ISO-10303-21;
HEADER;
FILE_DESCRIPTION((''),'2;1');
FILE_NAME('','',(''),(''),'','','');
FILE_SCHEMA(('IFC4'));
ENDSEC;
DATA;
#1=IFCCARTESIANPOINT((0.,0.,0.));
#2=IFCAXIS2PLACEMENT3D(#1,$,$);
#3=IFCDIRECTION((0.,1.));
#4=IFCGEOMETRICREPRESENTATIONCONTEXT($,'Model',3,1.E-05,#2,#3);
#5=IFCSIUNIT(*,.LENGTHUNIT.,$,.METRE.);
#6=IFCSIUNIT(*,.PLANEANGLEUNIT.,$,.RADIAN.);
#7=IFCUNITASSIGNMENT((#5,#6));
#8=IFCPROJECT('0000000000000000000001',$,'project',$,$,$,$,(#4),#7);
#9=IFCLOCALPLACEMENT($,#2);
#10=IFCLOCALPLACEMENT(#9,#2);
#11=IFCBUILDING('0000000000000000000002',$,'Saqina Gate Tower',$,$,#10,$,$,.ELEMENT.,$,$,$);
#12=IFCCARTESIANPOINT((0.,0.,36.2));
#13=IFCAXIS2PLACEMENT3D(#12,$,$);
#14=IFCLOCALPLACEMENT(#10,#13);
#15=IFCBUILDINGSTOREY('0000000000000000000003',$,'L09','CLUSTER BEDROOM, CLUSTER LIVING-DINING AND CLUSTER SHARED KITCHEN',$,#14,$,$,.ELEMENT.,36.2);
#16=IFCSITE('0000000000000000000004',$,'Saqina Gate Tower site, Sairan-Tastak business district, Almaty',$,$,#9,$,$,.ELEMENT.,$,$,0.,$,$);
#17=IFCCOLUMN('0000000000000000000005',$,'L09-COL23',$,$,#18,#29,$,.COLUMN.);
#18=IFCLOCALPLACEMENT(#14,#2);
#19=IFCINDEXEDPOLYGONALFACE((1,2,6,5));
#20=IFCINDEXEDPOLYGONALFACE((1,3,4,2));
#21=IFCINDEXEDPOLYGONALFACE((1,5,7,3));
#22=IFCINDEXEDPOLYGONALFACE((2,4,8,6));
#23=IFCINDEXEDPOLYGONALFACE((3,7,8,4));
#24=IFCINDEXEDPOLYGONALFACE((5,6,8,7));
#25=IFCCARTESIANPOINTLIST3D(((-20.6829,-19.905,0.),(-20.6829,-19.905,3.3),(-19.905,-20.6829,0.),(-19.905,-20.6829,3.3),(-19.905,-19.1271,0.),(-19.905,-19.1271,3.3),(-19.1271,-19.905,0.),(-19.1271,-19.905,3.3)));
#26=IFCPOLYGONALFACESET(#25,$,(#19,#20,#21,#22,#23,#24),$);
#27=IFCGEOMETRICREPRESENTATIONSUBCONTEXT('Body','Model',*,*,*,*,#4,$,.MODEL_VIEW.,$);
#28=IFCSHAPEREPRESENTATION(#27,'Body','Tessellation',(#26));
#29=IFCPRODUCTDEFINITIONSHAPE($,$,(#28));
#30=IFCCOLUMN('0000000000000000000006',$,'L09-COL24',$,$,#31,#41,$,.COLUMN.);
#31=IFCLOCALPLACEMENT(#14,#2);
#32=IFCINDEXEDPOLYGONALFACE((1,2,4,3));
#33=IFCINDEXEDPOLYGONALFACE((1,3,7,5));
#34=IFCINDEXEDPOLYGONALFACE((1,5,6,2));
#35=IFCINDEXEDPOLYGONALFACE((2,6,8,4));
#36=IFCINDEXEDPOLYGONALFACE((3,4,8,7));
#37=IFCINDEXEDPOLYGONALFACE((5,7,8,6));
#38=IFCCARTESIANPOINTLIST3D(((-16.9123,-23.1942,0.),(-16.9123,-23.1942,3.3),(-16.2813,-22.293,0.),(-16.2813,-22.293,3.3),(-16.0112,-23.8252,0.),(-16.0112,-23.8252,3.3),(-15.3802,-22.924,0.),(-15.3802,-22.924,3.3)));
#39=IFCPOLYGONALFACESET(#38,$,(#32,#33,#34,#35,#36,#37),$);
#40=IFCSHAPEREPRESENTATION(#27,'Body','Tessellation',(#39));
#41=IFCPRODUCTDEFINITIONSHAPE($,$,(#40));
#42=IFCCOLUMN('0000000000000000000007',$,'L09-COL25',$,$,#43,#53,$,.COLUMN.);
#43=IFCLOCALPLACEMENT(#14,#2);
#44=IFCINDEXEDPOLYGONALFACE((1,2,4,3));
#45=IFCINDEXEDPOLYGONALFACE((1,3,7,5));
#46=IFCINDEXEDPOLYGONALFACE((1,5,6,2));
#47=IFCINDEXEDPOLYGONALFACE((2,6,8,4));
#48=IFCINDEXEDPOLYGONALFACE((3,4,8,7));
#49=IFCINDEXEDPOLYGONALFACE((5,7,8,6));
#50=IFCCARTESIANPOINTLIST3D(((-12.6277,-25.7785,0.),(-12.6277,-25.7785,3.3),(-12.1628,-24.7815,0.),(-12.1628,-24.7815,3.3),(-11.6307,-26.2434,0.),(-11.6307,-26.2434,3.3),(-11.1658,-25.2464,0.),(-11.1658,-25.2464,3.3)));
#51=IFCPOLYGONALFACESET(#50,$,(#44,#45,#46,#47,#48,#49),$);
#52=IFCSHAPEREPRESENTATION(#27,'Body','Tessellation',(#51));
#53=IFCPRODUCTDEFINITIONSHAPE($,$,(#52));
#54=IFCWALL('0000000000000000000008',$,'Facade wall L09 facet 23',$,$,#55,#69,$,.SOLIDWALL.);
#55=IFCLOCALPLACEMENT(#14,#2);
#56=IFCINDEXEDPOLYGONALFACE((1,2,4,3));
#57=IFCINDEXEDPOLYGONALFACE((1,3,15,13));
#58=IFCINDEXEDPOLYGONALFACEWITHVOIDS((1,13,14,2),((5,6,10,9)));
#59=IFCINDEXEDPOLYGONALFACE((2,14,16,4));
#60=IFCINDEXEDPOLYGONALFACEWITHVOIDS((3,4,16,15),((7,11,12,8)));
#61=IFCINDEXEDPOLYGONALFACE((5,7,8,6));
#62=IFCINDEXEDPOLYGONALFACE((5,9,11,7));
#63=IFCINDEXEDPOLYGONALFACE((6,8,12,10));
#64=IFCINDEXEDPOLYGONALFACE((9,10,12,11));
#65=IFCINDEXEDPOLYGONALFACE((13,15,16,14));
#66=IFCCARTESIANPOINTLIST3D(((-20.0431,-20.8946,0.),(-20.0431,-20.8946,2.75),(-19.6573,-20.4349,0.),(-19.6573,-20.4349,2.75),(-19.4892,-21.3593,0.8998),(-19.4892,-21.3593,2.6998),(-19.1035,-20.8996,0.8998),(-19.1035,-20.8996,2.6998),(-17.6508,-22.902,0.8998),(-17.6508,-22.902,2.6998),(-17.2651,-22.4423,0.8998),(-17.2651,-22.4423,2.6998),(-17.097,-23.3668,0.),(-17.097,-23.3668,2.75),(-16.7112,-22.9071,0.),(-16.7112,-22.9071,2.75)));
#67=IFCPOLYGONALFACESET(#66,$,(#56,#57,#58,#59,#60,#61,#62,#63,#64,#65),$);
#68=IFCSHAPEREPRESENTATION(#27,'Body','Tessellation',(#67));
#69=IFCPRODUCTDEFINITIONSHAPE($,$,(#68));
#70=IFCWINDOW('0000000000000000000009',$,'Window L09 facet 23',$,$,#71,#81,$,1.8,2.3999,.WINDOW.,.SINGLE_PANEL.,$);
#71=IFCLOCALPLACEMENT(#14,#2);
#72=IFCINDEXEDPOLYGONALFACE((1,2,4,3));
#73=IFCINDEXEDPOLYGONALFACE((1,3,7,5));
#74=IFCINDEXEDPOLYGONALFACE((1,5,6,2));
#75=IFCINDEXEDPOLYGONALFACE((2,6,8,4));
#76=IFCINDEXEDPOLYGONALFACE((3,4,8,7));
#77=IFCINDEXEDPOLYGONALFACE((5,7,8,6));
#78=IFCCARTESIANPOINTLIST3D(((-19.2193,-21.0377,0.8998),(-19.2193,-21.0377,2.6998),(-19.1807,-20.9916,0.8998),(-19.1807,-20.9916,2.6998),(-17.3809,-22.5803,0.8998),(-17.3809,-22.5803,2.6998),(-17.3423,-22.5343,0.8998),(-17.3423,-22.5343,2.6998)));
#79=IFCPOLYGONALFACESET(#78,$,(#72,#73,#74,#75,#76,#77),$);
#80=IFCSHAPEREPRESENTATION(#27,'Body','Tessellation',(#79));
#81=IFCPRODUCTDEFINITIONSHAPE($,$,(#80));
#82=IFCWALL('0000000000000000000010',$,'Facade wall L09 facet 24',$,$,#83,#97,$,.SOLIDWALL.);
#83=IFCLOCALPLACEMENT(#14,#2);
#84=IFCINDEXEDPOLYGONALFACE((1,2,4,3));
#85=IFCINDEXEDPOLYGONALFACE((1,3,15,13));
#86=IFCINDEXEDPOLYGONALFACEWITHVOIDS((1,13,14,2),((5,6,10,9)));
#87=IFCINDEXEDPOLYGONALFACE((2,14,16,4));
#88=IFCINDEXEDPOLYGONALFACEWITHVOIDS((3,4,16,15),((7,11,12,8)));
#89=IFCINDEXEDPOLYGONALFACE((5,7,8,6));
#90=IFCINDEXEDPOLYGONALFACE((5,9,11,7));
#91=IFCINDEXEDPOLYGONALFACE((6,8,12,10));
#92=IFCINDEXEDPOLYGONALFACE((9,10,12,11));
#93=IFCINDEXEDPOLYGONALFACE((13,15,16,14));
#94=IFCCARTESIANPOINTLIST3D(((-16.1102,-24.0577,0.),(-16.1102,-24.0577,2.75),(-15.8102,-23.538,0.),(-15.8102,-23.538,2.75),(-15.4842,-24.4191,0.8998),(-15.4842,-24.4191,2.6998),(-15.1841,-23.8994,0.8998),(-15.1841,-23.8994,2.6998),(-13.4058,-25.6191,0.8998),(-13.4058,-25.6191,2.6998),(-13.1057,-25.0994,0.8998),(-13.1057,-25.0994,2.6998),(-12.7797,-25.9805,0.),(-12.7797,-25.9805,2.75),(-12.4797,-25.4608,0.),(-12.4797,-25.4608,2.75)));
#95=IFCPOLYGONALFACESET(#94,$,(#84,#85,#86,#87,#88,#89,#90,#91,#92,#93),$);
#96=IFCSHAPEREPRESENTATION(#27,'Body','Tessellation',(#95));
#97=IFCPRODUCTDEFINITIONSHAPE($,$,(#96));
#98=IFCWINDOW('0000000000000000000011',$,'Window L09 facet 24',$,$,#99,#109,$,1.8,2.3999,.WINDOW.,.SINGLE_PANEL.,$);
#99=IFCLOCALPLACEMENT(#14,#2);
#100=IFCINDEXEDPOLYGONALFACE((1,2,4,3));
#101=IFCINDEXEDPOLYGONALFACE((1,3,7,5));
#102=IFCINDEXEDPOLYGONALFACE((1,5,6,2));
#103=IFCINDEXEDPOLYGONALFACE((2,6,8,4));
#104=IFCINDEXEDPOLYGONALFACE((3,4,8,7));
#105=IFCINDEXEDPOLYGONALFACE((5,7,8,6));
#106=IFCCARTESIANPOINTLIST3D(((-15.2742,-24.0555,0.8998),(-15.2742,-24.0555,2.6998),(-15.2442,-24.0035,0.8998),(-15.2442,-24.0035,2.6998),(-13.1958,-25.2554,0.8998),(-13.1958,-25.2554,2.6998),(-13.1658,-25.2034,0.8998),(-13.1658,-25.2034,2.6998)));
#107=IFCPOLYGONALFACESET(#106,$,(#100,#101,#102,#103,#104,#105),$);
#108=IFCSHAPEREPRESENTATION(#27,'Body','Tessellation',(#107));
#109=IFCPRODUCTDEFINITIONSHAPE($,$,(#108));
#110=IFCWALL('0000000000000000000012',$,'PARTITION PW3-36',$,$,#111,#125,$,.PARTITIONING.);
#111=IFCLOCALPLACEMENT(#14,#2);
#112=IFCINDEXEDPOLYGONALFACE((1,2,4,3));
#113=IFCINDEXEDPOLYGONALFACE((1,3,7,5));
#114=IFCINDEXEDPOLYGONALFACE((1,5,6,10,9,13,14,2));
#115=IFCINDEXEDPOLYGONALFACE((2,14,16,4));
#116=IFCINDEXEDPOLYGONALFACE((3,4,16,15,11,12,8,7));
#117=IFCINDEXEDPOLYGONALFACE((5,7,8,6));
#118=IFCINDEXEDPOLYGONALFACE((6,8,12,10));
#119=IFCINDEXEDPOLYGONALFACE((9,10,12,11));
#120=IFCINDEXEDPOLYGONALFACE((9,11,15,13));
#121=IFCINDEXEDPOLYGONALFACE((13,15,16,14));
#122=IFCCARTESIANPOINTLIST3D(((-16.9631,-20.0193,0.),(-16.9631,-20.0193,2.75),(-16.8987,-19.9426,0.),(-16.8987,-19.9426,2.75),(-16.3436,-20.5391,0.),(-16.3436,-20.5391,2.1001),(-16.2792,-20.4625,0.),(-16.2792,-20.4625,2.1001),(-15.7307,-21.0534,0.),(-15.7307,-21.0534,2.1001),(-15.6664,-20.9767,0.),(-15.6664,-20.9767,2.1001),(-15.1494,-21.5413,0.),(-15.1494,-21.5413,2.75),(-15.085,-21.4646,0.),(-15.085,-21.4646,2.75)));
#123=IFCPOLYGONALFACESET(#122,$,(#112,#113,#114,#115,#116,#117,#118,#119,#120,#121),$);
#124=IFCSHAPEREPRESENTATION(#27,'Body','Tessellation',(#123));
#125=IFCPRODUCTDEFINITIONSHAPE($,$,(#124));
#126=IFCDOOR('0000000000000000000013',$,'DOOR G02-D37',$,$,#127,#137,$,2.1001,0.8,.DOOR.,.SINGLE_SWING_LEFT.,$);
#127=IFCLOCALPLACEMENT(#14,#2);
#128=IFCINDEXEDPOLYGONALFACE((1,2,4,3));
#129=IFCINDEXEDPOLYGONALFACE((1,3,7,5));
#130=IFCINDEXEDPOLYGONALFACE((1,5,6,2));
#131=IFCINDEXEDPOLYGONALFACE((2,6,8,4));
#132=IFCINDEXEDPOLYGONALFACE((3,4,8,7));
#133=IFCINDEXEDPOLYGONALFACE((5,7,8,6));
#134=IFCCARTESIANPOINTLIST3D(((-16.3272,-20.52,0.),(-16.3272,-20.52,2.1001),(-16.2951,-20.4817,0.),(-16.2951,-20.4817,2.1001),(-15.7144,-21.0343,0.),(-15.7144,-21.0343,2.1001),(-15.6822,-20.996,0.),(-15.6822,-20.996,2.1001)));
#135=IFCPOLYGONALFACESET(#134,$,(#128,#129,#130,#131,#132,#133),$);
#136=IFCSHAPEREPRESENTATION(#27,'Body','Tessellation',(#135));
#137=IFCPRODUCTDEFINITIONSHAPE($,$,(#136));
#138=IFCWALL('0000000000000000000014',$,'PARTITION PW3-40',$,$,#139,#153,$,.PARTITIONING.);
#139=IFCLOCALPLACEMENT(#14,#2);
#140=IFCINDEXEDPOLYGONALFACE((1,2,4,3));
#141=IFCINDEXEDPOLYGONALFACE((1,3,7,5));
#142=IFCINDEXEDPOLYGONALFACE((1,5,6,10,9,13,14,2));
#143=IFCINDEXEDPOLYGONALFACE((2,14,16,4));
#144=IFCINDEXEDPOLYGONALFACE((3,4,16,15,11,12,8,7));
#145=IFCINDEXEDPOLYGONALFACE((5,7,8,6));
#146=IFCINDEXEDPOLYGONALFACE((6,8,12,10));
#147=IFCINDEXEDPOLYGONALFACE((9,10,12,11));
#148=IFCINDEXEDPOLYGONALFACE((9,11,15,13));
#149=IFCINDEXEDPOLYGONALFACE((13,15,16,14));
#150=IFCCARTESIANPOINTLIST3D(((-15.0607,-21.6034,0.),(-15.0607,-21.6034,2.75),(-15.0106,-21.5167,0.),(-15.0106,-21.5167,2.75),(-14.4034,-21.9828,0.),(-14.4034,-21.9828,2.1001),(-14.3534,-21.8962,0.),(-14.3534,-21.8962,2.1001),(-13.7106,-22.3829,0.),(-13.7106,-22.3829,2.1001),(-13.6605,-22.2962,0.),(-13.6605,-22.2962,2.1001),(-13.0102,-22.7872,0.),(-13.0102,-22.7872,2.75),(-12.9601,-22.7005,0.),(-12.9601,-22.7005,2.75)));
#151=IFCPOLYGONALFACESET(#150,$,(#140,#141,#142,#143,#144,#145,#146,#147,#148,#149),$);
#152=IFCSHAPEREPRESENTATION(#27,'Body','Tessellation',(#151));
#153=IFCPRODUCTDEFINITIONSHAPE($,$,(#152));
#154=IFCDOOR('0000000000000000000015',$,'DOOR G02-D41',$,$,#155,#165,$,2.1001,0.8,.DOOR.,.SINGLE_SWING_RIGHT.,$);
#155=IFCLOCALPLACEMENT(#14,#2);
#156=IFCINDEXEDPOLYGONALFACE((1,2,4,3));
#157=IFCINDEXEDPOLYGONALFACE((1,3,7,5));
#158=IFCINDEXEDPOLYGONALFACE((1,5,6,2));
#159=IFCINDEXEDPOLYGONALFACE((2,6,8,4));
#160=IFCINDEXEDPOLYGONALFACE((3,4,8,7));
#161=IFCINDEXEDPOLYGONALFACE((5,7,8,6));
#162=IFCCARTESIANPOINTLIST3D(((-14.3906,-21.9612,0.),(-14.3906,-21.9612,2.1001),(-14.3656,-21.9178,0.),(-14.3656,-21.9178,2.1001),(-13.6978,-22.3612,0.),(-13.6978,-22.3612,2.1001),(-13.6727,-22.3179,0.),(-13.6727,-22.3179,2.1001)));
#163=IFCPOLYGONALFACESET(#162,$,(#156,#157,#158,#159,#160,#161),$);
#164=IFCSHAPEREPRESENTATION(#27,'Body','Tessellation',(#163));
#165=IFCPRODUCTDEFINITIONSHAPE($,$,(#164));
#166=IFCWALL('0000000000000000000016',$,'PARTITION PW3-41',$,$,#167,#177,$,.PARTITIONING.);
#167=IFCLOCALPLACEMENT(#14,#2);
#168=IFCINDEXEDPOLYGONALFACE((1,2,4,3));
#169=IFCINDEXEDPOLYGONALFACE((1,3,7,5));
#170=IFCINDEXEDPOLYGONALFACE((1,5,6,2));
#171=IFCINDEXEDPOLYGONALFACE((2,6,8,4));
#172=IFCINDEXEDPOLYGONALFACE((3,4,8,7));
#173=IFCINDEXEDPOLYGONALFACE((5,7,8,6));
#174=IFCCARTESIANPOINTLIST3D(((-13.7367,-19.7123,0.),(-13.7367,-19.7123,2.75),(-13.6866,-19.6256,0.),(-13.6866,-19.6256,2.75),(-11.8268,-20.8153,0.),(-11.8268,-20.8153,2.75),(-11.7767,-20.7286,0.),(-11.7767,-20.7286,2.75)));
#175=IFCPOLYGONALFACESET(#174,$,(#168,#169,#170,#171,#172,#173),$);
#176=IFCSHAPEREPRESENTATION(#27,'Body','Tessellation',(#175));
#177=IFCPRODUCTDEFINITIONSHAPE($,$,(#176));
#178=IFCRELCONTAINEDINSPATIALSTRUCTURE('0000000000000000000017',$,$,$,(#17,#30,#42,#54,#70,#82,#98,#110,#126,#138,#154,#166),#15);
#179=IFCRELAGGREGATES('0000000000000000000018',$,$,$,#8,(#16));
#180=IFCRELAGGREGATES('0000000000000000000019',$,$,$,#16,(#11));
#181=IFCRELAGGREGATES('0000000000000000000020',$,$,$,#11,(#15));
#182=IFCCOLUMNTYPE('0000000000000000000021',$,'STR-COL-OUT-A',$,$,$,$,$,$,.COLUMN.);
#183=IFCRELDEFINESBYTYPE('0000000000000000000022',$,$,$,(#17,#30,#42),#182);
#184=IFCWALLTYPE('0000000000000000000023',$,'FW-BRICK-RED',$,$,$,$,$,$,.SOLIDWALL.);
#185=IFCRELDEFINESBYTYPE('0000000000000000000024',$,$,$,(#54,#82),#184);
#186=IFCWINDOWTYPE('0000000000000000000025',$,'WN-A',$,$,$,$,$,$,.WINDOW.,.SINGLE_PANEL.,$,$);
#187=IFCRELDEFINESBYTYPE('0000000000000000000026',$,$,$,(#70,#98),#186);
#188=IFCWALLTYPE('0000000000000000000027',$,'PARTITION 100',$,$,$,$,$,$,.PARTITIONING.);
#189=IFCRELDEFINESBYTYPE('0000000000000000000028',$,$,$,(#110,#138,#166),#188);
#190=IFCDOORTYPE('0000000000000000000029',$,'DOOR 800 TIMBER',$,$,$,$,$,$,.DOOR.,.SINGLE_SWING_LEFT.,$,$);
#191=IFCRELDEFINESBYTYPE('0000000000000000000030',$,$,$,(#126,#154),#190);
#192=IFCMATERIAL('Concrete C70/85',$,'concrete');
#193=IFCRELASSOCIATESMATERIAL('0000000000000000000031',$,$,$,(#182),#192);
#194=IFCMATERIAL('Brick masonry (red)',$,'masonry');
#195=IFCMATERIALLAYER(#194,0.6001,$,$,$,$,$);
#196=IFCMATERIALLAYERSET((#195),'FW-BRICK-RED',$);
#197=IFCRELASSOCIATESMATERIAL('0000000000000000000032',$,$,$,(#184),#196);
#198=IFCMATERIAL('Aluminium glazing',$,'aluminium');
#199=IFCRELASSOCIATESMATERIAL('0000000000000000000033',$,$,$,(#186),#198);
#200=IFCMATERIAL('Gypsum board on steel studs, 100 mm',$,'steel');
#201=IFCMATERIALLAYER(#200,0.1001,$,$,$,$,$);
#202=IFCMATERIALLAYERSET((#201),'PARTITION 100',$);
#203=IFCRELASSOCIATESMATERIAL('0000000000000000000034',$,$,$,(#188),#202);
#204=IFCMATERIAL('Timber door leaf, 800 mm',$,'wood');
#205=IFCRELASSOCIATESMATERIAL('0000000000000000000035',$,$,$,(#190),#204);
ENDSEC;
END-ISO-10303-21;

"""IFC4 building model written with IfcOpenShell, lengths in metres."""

from ifc_helpers import new_model, si_unit, direction, frame, frame_2d, origin, origin_2d, place, context, subcontext, project, spatial, rectangle, extrude, material, layer, layer_set, material_profile, profile_set, type_object, element, fill, save


model = new_model("IFC4")

# Units and contexts
model_context = context("Model", 3, precision=1e-05, world=origin(), true_north=direction((0.0, 1.0)))
body_context = subcontext(model_context, "Body", "Model", "MODEL_VIEW")
ifc_project = project(units=[si_unit("LENGTHUNIT", "METRE"), si_unit("PLANEANGLEUNIT", "RADIAN")], contexts=[model_context])

# Site, building, storey
site_placement = place(None, origin())
site = spatial("IfcSite", under=ifc_project, at=site_placement, Name="Saqina Gate Tower site, Sairan-Tastak business district, Almaty", CompositionType="ELEMENT", RefElevation=0.0)
building_placement = place(site_placement, origin())
building = spatial("IfcBuilding", under=site, at=building_placement, Name="Saqina Gate Tower", CompositionType="ELEMENT")
storey_placement = place(building_placement, frame((0.0, 0.0, 36.2)))
storey = spatial("IfcBuildingStorey", under=building, at=storey_placement, Name="L09", Description="CLUSTER BEDROOM, CLUSTER LIVING-DINING AND CLUSTER SHARED KITCHEN", CompositionType="ELEMENT", Elevation=36.2)

# Columns
ifc_material_1 = material(Name="Concrete C70/85", Category="concrete")
ifc_material_profile = material_profile(ifc_material_1, rectangle(XDim=1.1001, YDim=1.1001, at=origin_2d()), Name="RC 1100x1100")
ifc_profile_set = profile_set([ifc_material_profile], Name="Concrete C70/85")
column_type = type_object("IfcColumnType", Name="STR-COL-OUT-A", PredefinedType="COLUMN", material=ifc_profile_set)
for number, where, z_axis, x_axis, name in (
    (1, (-19.905, -19.905, 0.0), (0.0, 0.0, 1.0), (-0.707107, -0.707107, 0.0), "L09-COL23"),
    (2, (-16.1462, -23.0591, 0.0), (0.0, 0.0, 1.0), (-0.573576, -0.819152, 0.0), "L09-COL24"),
    (3, (-11.8967, -25.5125, 0.0), (0.0, 0.0, 1.0), (-0.422618, -0.906308, 0.0), "L09-COL25"),
):
    element("IfcColumn", number, at=place(storey_placement, frame(where, z_axis=z_axis, x_axis=x_axis)), inside=storey, type_object=column_type, Name=name, PredefinedType="COLUMN", context=body_context, shape_type="SweptSolid", body=[
        extrude(rectangle(XDim=1.1001, YDim=1.1001, at=origin_2d()), origin(), (0.0, 0.0, 1.0), 3.3),
    ])

# Walls, openings, windows
ifc_material_2 = material(Name="Brick masonry (red)", Category="masonry")
ifc_layer_1 = layer(ifc_material_2, 0.6001)
ifc_layer_set_1 = layer_set([ifc_layer_1], Name="FW-BRICK-RED")
wall_type_1 = type_object("IfcWallType", Name="FW-BRICK-RED", PredefinedType="SOLIDWALL", material=ifc_layer_set_1)
wall_1_placement = place(storey_placement, frame((-19.8501, -20.6648, 0.0), z_axis=(0.0, 0.0, 1.0), x_axis=(0.766026, -0.642809, 0.0)))
wall_1 = element("IfcWall", 4, at=wall_1_placement, inside=storey, type_object=wall_type_1, Name="Facade wall L09 facet 23", PredefinedType="SOLIDWALL", context=body_context, shape_type="SweptSolid", body=[
    extrude(rectangle(XDim=3.8459, YDim=0.6001, at=frame_2d((1.9229, 0.0))), origin(), (0.0, 0.0, 1.0), 2.75),
])
opening_1_placement = place(wall_1_placement, frame((0.7229, 0.0, 0.8999)))
opening_1 = element("IfcOpeningElement", 5, at=opening_1_placement, cuts=wall_1, PredefinedType="OPENING", context=body_context, shape_type="SweptSolid", body=[
    extrude(rectangle(XDim=2.3999, YDim=1.8, at=frame_2d((1.2, 0.8999))), frame((0.0, 0.312, 0.0), z_axis=(0.0, -1.0, 0.0), x_axis=(1.0, 0.0, 0.0)), (0.0, 0.0, 1.0), 0.624),
])
ifc_material_3 = material(Name="Aluminium glazing", Category="aluminium")
window_type = type_object("IfcWindowType", Name="WN-A", PartitioningType="SINGLE_PANEL", PredefinedType="WINDOW", material=ifc_material_3)
window_1_placement = place(opening_1_placement, origin())
window_1 = element("IfcWindow", 6, at=window_1_placement, inside=storey, type_object=window_type, Name="Window L09 facet 23", OverallHeight=1.8, OverallWidth=2.3999, PartitioningType="SINGLE_PANEL", PredefinedType="WINDOW", context=body_context, shape_type="SweptSolid", body=[
    extrude(rectangle(XDim=2.3999, YDim=1.8, at=frame_2d((1.2, 0.8999))), frame((0.0, 0.1799, 0.0), z_axis=(0.0, -1.0, 0.0), x_axis=(1.0, 0.0, 0.0)), (0.0, 0.0, 1.0), 0.0601),
])
fill(opening_1, window_1)
wall_2_placement = place(storey_placement, frame((-15.9602, -23.7979, 0.0), z_axis=(0.0, 0.0, 1.0), x_axis=(0.866031, -0.49999, 0.0)))
wall_2 = element("IfcWall", 7, at=wall_2_placement, inside=storey, type_object=wall_type_1, Name="Facade wall L09 facet 24", PredefinedType="SOLIDWALL", context=body_context, shape_type="SweptSolid", body=[
    extrude(rectangle(XDim=3.8457, YDim=0.6001, at=frame_2d((1.9229, 0.0))), origin(), (0.0, 0.0, 1.0), 2.75),
])
opening_2_placement = place(wall_2_placement, frame((0.7229, 0.0, 0.8999)))
opening_2 = element("IfcOpeningElement", 8, at=opening_2_placement, cuts=wall_2, PredefinedType="OPENING", context=body_context, shape_type="SweptSolid", body=[
    extrude(rectangle(XDim=2.3999, YDim=1.8, at=frame_2d((1.2, 0.8999))), frame((0.0, 0.312, 0.0), z_axis=(0.0, -1.0, 0.0), x_axis=(1.0, 0.0, 0.0)), (0.0, 0.0, 1.0), 0.624),
])
window_2_placement = place(opening_2_placement, origin())
window_2 = element("IfcWindow", 9, at=window_2_placement, inside=storey, type_object=window_type, Name="Window L09 facet 24", OverallHeight=1.8, OverallWidth=2.3999, PartitioningType="SINGLE_PANEL", PredefinedType="WINDOW", context=body_context, shape_type="SweptSolid", body=[
    extrude(rectangle(XDim=2.3999, YDim=1.8, at=frame_2d((1.2, 0.8999))), frame((0.0, 0.1799, 0.0), z_axis=(0.0, -1.0, 0.0), x_axis=(1.0, 0.0, 0.0)), (0.0, 0.0, 1.0), 0.0601),
])
fill(opening_2, window_2)

# Walls, openings, doors
ifc_material_4 = material(Name="Gypsum board on steel studs, 100 mm", Category="steel")
ifc_layer_2 = layer(ifc_material_4, 0.1001)
ifc_layer_set_2 = layer_set([ifc_layer_2], Name="PARTITION 100")
wall_type_2 = type_object("IfcWallType", Name="PARTITION 100", PredefinedType="PARTITIONING", material=ifc_layer_set_2)
wall_3_placement = place(storey_placement, frame((-16.9309, -19.981, 0.0), z_axis=(0.0, 0.0, 1.0), x_axis=(0.766028, -0.642808, 0.0)))
wall_3 = element("IfcWall", 10, at=wall_3_placement, inside=storey, type_object=wall_type_2, Name="PARTITION PW3-36", PredefinedType="PARTITIONING", context=body_context, shape_type="SweptSolid", body=[
    extrude(rectangle(XDim=2.3677, YDim=0.1001, at=frame_2d((1.1838, 0.0))), origin(), (0.0, 0.0, 1.0), 2.75),
])
opening_3_placement = place(wall_3_placement, frame((0.8088, 0.0, 0.0)))
opening_3 = element("IfcOpeningElement", 11, at=opening_3_placement, cuts=wall_3, PredefinedType="OPENING", context=body_context, shape_type="SweptSolid", body=[
    extrude(rectangle(XDim=0.8, YDim=2.1001, at=frame_2d((0.3999, 1.05))), frame((0.0, 0.062, 0.0), z_axis=(0.0, -1.0, 0.0), x_axis=(1.0, 0.0, 0.0)), (0.0, 0.0, 1.0), 0.124),
])
ifc_material_5 = material(Name="Timber door leaf, 800 mm", Category="wood")
door_type = type_object("IfcDoorType", Name="DOOR 800 TIMBER", OperationType="SINGLE_SWING_LEFT", PredefinedType="DOOR", material=ifc_material_5)
door_1_placement = place(opening_3_placement, frame((0.8, 0.0, 0.0), z_axis=(0.0, 0.0, 1.0), x_axis=(-1.0, 0.0, 0.0)))
door_1 = element("IfcDoor", 12, at=door_1_placement, inside=storey, type_object=door_type, Name="DOOR G02-D37", OperationType="SINGLE_SWING_LEFT", OverallHeight=2.1001, OverallWidth=0.8, PredefinedType="DOOR", context=body_context, shape_type="SweptSolid", body=[
    extrude(rectangle(XDim=0.8, YDim=2.1001, at=frame_2d((0.3999, 1.05))), frame((0.0, 0.0249, 0.0), z_axis=(0.0, -1.0, 0.0), x_axis=(1.0, 0.0, 0.0)), (0.0, 0.0, 1.0), 0.05),
])
fill(opening_3, door_1)
wall_4_placement = place(storey_placement, frame((-15.0356, -21.5601, 0.0), z_axis=(0.0, 0.0, 1.0), x_axis=(0.866033, -0.499987, 0.0)))
wall_4 = element("IfcWall", 13, at=wall_4_placement, inside=storey, type_object=wall_type_2, Name="PARTITION PW3-40", PredefinedType="PARTITIONING", context=body_context, shape_type="SweptSolid", body=[
    extrude(rectangle(XDim=2.3677, YDim=0.1001, at=frame_2d((1.1838, 0.0))), origin(), (0.0, 0.0, 1.0), 2.75),
])
opening_4_placement = place(wall_4_placement, frame((0.759, 0.0, 0.0)))
opening_4 = element("IfcOpeningElement", 14, at=opening_4_placement, cuts=wall_4, PredefinedType="OPENING", context=body_context, shape_type="SweptSolid", body=[
    extrude(rectangle(XDim=0.8, YDim=2.1001, at=frame_2d((0.3999, 1.05))), frame((0.0, 0.062, 0.0), z_axis=(0.0, -1.0, 0.0), x_axis=(1.0, 0.0, 0.0)), (0.0, 0.0, 1.0), 0.124),
])
door_2_placement = place(opening_4_placement, frame((0.8, 0.0, 0.0), z_axis=(0.0, 0.0, 1.0), x_axis=(-1.0, 0.0, 0.0)))
door_2 = element("IfcDoor", 15, at=door_2_placement, inside=storey, type_object=door_type, Name="DOOR G02-D41", OperationType="SINGLE_SWING_RIGHT", OverallHeight=2.1001, OverallWidth=0.8, PredefinedType="DOOR", context=body_context, shape_type="SweptSolid", body=[
    extrude(rectangle(XDim=0.8, YDim=2.1001, at=frame_2d((0.3999, 1.05))), frame((0.0, 0.0249, 0.0), z_axis=(0.0, -1.0, 0.0), x_axis=(1.0, 0.0, 0.0)), (0.0, 0.0, 1.0), 0.05),
])
fill(opening_4, door_2)

# Wall
wall_5_placement = place(storey_placement, frame((-13.7117, -19.6689, 0.0), z_axis=(0.0, 0.0, 1.0), x_axis=(0.865959, -0.500115, 0.0)))
element("IfcWall", 16, at=wall_5_placement, inside=storey, type_object=wall_type_2, Name="PARTITION PW3-41", PredefinedType="PARTITIONING", context=body_context, shape_type="SweptSolid", body=[
    extrude(rectangle(XDim=2.2056, YDim=0.1001, at=frame_2d((1.1028, 0.0))), origin(), (0.0, 0.0, 1.0), 2.75),
])

save(model, "model.ifc")
